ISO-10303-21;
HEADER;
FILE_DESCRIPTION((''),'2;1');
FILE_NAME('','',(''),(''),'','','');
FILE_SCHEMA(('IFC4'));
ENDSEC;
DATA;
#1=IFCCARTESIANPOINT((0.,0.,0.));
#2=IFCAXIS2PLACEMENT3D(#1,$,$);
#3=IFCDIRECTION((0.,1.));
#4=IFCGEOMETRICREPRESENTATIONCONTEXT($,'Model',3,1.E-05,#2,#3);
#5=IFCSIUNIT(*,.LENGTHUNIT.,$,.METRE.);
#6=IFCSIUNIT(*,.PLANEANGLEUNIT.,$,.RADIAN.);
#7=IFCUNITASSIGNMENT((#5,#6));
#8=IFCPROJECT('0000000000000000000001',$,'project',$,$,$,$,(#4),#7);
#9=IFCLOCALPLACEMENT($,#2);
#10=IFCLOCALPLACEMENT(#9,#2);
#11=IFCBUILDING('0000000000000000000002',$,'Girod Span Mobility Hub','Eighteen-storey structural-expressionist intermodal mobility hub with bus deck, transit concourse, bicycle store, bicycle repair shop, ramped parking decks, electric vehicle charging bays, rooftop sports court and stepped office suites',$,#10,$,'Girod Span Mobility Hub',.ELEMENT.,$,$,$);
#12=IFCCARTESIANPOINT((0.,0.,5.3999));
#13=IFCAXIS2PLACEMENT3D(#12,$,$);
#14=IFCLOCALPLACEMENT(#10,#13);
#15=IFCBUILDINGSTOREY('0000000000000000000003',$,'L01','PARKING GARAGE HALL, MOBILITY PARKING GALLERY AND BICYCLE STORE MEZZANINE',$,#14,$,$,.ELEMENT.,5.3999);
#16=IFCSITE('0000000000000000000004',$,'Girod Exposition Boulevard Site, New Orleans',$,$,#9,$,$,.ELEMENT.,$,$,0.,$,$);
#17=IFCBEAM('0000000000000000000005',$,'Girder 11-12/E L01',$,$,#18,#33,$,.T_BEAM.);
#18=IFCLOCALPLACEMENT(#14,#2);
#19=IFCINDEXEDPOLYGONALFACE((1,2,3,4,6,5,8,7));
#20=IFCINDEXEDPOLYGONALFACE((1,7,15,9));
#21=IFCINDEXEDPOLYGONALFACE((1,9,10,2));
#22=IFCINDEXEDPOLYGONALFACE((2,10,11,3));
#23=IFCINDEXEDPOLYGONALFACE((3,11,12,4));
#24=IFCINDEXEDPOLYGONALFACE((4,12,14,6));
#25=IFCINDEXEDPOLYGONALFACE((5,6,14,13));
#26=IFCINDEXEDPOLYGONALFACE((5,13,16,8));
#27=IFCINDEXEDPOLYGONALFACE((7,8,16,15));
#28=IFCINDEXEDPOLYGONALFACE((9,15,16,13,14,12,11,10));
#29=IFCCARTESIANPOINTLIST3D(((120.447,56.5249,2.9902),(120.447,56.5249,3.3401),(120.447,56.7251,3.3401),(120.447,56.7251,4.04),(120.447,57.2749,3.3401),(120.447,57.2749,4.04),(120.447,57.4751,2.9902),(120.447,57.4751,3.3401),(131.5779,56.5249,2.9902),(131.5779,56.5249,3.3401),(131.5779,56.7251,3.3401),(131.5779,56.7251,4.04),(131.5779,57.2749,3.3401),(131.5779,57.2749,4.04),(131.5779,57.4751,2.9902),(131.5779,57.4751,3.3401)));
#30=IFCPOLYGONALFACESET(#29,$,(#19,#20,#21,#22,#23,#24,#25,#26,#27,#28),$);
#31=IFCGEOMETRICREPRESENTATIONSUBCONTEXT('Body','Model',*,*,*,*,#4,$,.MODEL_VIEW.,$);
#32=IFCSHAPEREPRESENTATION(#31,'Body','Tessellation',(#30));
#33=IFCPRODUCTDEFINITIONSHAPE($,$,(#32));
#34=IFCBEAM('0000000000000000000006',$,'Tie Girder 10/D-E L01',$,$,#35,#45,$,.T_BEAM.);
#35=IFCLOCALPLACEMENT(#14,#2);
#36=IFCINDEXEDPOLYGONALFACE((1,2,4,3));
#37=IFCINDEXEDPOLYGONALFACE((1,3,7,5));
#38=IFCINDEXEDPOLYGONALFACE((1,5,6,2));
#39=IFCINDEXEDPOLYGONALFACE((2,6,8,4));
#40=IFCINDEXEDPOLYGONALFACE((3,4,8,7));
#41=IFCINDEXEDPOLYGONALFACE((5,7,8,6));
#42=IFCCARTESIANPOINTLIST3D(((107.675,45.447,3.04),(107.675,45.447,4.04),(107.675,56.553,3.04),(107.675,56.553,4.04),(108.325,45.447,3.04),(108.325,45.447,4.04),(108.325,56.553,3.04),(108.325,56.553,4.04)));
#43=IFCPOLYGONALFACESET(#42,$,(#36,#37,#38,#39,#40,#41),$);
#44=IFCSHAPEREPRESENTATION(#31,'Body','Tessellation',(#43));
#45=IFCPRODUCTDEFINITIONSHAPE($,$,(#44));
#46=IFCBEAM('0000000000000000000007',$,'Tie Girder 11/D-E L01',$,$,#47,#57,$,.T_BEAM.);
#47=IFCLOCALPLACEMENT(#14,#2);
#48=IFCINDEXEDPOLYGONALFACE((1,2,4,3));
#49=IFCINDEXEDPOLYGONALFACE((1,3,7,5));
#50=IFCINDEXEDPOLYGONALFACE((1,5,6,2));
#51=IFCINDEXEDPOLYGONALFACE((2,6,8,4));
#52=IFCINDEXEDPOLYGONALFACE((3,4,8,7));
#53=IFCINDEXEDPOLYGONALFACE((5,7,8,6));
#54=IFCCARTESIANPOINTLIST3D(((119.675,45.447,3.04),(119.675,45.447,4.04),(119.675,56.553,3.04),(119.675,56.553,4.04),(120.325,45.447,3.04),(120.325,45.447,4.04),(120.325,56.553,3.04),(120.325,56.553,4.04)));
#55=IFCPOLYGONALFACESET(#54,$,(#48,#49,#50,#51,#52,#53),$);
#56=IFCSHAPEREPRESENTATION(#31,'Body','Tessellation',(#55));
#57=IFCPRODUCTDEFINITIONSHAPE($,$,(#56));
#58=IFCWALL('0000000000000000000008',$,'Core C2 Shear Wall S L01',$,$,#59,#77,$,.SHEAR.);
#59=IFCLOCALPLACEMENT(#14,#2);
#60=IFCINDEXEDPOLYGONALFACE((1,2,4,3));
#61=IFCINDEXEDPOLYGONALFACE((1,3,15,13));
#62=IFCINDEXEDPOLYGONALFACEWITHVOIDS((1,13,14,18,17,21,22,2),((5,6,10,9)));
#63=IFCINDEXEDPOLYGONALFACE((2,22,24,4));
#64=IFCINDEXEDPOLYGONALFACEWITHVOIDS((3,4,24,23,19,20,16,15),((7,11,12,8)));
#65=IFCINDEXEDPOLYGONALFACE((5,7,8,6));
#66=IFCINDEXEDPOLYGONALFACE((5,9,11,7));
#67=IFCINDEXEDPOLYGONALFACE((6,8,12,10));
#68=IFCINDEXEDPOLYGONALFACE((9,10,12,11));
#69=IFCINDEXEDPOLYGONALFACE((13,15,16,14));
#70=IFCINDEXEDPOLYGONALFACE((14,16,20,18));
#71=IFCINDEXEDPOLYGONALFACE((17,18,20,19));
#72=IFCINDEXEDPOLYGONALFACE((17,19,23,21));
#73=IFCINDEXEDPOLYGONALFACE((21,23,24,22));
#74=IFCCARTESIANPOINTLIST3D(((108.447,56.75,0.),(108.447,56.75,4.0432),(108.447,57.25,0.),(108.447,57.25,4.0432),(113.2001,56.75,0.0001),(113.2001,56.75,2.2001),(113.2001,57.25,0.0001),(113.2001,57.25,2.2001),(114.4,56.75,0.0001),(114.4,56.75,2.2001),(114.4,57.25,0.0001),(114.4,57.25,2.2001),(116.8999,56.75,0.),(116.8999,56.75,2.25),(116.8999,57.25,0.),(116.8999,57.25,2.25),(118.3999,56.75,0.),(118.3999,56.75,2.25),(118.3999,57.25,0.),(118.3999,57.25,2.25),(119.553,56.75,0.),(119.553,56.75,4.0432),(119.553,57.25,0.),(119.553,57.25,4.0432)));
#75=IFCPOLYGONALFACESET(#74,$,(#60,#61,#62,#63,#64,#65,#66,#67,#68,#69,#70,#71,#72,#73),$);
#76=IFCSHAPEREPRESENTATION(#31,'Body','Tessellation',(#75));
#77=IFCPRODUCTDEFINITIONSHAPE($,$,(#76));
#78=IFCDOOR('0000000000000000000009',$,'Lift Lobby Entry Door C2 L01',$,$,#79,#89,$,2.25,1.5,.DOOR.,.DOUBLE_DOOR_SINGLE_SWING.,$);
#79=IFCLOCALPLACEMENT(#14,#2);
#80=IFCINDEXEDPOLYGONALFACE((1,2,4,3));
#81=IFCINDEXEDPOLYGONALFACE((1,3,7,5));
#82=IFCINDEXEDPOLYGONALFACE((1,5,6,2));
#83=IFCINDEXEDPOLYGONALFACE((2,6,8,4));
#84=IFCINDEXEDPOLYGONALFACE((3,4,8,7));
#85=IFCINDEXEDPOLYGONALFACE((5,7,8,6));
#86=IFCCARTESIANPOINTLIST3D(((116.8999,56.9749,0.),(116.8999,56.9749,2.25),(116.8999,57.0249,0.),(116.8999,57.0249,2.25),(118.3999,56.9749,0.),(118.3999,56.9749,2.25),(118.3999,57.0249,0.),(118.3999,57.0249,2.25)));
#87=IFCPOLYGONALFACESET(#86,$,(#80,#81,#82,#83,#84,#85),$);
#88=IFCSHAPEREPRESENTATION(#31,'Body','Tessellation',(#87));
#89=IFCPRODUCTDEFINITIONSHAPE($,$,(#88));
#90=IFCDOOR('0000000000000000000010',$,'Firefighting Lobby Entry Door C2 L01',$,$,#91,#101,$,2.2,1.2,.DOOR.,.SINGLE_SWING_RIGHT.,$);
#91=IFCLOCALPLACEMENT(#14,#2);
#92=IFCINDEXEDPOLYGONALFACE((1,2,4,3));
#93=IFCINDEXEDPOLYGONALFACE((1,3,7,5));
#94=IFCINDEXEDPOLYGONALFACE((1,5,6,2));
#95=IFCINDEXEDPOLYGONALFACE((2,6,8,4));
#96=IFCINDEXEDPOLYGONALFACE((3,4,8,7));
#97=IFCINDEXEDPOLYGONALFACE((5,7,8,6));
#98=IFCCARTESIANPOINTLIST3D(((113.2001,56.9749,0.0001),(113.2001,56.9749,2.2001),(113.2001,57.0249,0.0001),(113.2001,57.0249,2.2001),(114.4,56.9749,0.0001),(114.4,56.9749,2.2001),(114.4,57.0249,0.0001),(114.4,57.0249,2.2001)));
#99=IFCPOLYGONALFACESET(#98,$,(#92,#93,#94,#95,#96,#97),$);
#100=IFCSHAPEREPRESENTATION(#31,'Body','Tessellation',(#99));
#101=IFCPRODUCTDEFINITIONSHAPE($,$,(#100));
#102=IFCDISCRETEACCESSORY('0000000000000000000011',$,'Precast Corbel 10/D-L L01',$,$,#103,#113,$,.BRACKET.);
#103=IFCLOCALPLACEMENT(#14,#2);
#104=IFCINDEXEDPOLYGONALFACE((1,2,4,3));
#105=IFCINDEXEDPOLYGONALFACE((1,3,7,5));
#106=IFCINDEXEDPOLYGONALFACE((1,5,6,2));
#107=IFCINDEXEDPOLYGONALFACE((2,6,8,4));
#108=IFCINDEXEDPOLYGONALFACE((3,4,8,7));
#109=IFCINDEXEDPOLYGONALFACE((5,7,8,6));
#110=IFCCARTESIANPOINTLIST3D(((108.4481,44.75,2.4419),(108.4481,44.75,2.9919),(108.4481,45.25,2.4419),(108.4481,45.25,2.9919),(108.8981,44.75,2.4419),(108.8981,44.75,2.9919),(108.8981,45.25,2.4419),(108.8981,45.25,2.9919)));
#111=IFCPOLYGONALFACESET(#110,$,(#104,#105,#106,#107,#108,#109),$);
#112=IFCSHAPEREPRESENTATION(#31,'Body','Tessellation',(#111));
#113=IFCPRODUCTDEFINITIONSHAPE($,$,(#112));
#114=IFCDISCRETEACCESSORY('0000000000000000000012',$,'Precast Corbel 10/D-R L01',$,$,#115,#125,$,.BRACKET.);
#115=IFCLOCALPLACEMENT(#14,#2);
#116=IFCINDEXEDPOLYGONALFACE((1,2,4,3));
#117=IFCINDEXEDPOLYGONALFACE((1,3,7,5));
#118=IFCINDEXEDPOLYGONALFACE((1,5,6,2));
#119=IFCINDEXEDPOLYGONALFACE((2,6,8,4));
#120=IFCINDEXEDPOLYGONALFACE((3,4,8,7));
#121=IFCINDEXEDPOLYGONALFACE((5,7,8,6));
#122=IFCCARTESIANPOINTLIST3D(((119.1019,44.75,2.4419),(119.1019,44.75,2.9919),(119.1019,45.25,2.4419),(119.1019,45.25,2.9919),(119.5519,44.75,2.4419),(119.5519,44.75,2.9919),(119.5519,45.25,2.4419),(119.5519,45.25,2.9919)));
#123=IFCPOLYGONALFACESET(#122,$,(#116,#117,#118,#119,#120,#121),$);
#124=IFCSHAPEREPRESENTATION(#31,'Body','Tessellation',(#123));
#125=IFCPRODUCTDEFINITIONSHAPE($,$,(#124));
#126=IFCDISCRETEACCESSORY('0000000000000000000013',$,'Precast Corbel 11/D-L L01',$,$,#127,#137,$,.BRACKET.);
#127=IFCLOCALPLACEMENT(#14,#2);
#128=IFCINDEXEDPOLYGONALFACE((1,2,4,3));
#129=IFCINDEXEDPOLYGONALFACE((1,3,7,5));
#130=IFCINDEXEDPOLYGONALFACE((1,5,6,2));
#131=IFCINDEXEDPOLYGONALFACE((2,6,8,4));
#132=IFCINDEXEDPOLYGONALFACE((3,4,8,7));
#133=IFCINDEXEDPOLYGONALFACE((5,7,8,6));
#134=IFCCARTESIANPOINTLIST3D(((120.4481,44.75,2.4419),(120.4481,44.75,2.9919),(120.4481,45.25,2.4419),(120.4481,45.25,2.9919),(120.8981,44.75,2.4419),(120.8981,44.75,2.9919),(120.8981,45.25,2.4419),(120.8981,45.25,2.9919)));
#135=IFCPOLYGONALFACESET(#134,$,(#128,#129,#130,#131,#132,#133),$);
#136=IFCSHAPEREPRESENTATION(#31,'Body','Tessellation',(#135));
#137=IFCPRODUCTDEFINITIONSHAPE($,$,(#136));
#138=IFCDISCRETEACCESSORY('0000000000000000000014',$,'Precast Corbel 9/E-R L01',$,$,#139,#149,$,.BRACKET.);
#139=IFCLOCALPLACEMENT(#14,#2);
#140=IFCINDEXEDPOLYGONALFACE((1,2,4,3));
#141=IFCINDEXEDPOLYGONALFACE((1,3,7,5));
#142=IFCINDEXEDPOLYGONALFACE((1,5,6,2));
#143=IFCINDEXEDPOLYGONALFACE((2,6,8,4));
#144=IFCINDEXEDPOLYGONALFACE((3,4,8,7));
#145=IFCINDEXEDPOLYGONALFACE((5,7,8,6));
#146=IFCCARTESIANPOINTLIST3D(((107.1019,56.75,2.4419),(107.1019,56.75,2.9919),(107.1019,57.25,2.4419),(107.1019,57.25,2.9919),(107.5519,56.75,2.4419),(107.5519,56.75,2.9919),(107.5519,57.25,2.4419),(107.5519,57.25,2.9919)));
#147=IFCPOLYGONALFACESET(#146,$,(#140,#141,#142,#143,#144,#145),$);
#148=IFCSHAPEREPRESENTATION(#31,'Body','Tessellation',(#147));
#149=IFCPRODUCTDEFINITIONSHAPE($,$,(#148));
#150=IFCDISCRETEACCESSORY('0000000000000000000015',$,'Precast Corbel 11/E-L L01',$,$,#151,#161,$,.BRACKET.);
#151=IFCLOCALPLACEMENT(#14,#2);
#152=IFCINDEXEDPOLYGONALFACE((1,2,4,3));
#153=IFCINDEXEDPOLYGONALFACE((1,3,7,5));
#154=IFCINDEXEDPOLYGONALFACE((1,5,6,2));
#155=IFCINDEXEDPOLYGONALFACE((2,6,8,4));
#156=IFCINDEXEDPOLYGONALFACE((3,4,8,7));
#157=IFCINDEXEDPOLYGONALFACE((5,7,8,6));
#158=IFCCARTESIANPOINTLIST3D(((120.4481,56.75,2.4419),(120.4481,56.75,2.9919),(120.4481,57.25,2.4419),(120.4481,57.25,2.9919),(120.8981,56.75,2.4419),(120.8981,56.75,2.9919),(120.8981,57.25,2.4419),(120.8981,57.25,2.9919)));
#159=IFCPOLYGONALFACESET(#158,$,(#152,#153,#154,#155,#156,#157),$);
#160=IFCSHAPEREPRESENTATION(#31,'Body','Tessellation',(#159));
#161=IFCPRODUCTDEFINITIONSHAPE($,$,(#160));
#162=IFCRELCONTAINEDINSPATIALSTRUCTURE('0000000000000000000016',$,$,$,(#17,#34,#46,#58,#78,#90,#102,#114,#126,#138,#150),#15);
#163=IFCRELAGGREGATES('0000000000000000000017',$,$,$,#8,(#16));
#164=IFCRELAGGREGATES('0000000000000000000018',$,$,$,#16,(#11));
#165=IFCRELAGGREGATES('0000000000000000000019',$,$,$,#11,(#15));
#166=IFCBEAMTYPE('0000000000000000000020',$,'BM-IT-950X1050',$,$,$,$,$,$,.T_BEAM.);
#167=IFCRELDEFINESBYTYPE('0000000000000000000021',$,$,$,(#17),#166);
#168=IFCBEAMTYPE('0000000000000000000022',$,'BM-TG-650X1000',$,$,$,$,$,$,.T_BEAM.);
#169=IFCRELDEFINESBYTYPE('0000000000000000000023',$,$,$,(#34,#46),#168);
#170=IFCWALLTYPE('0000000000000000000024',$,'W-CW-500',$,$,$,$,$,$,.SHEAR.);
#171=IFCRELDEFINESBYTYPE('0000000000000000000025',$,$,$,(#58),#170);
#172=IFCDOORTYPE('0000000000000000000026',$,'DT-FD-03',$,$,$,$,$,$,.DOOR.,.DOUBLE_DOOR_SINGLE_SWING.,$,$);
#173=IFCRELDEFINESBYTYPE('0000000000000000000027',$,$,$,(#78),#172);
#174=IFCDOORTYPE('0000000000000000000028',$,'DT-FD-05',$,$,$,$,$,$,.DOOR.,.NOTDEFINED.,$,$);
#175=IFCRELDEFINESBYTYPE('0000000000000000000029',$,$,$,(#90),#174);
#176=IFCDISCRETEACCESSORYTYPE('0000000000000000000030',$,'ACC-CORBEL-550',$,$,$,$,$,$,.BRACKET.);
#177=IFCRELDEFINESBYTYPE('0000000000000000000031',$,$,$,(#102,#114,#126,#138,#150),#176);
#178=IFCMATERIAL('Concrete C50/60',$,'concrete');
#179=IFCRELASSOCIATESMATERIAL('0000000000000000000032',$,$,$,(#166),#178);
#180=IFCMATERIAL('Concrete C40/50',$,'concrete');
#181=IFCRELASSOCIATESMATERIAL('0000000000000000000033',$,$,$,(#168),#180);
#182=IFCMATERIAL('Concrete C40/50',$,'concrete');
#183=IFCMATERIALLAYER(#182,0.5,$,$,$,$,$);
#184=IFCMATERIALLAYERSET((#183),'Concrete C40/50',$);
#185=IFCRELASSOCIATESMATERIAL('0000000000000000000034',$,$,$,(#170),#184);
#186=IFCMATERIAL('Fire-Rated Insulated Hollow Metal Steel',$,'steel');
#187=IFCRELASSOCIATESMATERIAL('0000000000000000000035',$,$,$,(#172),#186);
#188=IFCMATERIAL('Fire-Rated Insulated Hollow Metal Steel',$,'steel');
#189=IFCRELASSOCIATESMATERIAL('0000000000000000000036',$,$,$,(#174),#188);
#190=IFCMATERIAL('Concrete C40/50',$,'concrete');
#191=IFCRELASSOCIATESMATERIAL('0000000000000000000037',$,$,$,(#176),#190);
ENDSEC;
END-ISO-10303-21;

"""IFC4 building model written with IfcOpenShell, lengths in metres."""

from ifc_helpers import new_model, si_unit, direction, frame, frame_2d, origin, origin_2d, place, context, subcontext, project, spatial, polyline, rectangle, outline, extrude, material, layer, layer_set, material_profile, profile_set, type_object, element, fill, save


model = new_model("IFC4")

# Units and contexts
model_context = context("Model", 3, precision=1e-05, world=origin(), true_north=direction((0.0, 1.0)))
body_context = subcontext(model_context, "Body", "Model", "MODEL_VIEW")
ifc_project = project(units=[si_unit("LENGTHUNIT", "METRE"), si_unit("PLANEANGLEUNIT", "RADIAN")], contexts=[model_context])

# Site, building, storey
site_placement = place(None, origin())
site = spatial("IfcSite", under=ifc_project, at=site_placement, Name="Girod Exposition Boulevard Site, New Orleans", CompositionType="ELEMENT", RefElevation=0.0)
building_placement = place(site_placement, origin())
building = spatial("IfcBuilding", under=site, at=building_placement, Name="Girod Span Mobility Hub", Description="Eighteen-storey structural-expressionist intermodal mobility hub with bus deck, transit concourse, bicycle store, bicycle repair shop, ramped parking decks, electric vehicle charging bays, rooftop sports court and stepped office suites", LongName="Girod Span Mobility Hub", CompositionType="ELEMENT")
storey_placement = place(building_placement, frame((0.0, 0.0, 5.3999)))
storey = spatial("IfcBuildingStorey", under=building, at=storey_placement, Name="L01", Description="PARKING GARAGE HALL, MOBILITY PARKING GALLERY AND BICYCLE STORE MEZZANINE", CompositionType="ELEMENT", Elevation=5.3999)

# Beams
ifc_material_1 = material(Name="Concrete C50/60", Category="concrete")
ifc_material_profile_1 = material_profile(ifc_material_1, outline(polyline([(-0.4751, -0.5249), (0.4751, -0.5249), (0.4751, -0.175), (0.2749, -0.175), (0.2749, 0.5249), (-0.2749, 0.5249), (-0.2749, -0.175), (-0.4751, -0.175), (-0.4751, -0.5249)])), Name="IT-950X1050")
ifc_profile_set_1 = profile_set([ifc_material_profile_1], Name="Concrete C50/60")
beam_type_1 = type_object("IfcBeamType", Name="BM-IT-950X1050", PredefinedType="T_BEAM", material=ifc_profile_set_1)
for number, where, z_axis, x_axis, name in (
    (1, (120.447, 57.0, 3.5151), (1.0, 0.0, 0.0), (0.0, 1.0, 0.0), "Girder 11-12/E L01"),
):
    element("IfcBeam", number, at=place(storey_placement, frame(where, z_axis=z_axis, x_axis=x_axis)), inside=storey, type_object=beam_type_1, Name=name, PredefinedType="T_BEAM", context=body_context, shape_type="SweptSolid", body=[
        extrude(outline(polyline([(-0.4751, -0.5249), (0.4751, -0.5249), (0.4751, -0.175), (0.2749, -0.175), (0.2749, 0.5249), (-0.2749, 0.5249), (-0.2749, -0.175), (-0.4751, -0.175), (-0.4751, -0.5249)])), origin(), (0.0, 0.0, 1.0), 11.1309),
    ])
ifc_material_2 = material(Name="Concrete C40/50", Category="concrete")
ifc_material_profile_2 = material_profile(ifc_material_2, rectangle(XDim=0.6499, YDim=1.0, at=origin_2d()), Name="TG-650X1000")
ifc_profile_set_2 = profile_set([ifc_material_profile_2], Name="Concrete C40/50")
beam_type_2 = type_object("IfcBeamType", Name="BM-TG-650X1000", PredefinedType="T_BEAM", material=ifc_profile_set_2)
for number, where, z_axis, x_axis, name in (
    (2, (108.0, 45.447, 3.54), (0.0, 1.0, 0.0), (-1.0, 0.0, 0.0), "Tie Girder 10/D-E L01"),
    (3, (120.0, 45.447, 3.54), (0.0, 1.0, 0.0), (-1.0, 0.0, 0.0), "Tie Girder 11/D-E L01"),
):
    element("IfcBeam", number, at=place(storey_placement, frame(where, z_axis=z_axis, x_axis=x_axis)), inside=storey, type_object=beam_type_2, Name=name, PredefinedType="T_BEAM", context=body_context, shape_type="SweptSolid", body=[
        extrude(rectangle(XDim=0.6499, YDim=1.0, at=origin_2d()), origin(), (0.0, 0.0, 1.0), 11.106),
    ])

# Wall, openings, doors
ifc_material_3 = material(Name="Concrete C40/50", Category="concrete")
ifc_layer = layer(ifc_material_3, 0.5)
ifc_layer_set = layer_set([ifc_layer], Name="Concrete C40/50")
wall_type = type_object("IfcWallType", Name="W-CW-500", PredefinedType="SHEAR", material=ifc_layer_set)
wall_placement = place(storey_placement, frame((108.447, 57.0, 0.0), z_axis=(0.0, 0.0, 1.0), x_axis=(1.0, 0.0, 0.0)))
wall = element("IfcWall", 4, at=wall_placement, inside=storey, type_object=wall_type, Name="Core C2 Shear Wall S L01", PredefinedType="SHEAR", context=body_context, shape_type="SweptSolid", body=[
    extrude(rectangle(XDim=11.106, YDim=0.5, at=frame_2d((5.553, 0.0))), origin(), (0.0, 0.0, 1.0), 4.0432),
])
opening_1_placement = place(wall_placement, frame((4.7529, 0.0, 0.0)))
opening_1 = element("IfcOpeningElement", 5, at=opening_1_placement, cuts=wall, PredefinedType="OPENING", context=body_context, shape_type="SweptSolid", body=[
    extrude(rectangle(XDim=1.2, YDim=2.2, at=frame_2d((0.6001, 1.1001))), frame((0.0, 0.2649, 0.0), z_axis=(0.0, -1.0, 0.0), x_axis=(1.0, 0.0, 0.0)), (0.0, 0.0, 1.0), 0.53),
])
opening_2_placement = place(wall_placement, frame((8.4529, 0.0, 0.0)))
opening_2 = element("IfcOpeningElement", 6, at=opening_2_placement, cuts=wall, PredefinedType="OPENING", context=body_context, shape_type="SweptSolid", body=[
    extrude(rectangle(XDim=1.5, YDim=2.25, at=frame_2d((0.75, 1.125))), frame((0.0, 0.2649, 0.0), z_axis=(0.0, -1.0, 0.0), x_axis=(1.0, 0.0, 0.0)), (0.0, 0.0, 1.0), 0.53),
])
ifc_material_4 = material(Name="Fire-Rated Insulated Hollow Metal Steel", Category="steel")
door_type_1 = type_object("IfcDoorType", Name="DT-FD-03", OperationType="DOUBLE_DOOR_SINGLE_SWING", PredefinedType="DOOR", material=ifc_material_4)
door_1_placement = place(opening_2_placement, origin())
door_1 = element("IfcDoor", 7, at=door_1_placement, inside=storey, type_object=door_type_1, Name="Lift Lobby Entry Door C2 L01", OperationType="DOUBLE_DOOR_SINGLE_SWING", OverallHeight=2.25, OverallWidth=1.5, PredefinedType="DOOR", context=body_context, shape_type="SweptSolid", body=[
    extrude(rectangle(XDim=1.5, YDim=2.25, at=frame_2d((0.75, 1.125))), frame((0.0, 0.0249, 0.0), z_axis=(0.0, -1.0, 0.0), x_axis=(1.0, 0.0, 0.0)), (0.0, 0.0, 1.0), 0.05),
])
fill(opening_2, door_1)
ifc_material_5 = material(Name="Fire-Rated Insulated Hollow Metal Steel", Category="steel")
door_type_2 = type_object("IfcDoorType", Name="DT-FD-05", OperationType="NOTDEFINED", PredefinedType="DOOR", material=ifc_material_5)
door_2_placement = place(opening_1_placement, origin())
door_2 = element("IfcDoor", 8, at=door_2_placement, inside=storey, type_object=door_type_2, Name="Firefighting Lobby Entry Door C2 L01", OperationType="SINGLE_SWING_RIGHT", OverallHeight=2.2, OverallWidth=1.2, PredefinedType="DOOR", context=body_context, shape_type="SweptSolid", body=[
    extrude(rectangle(XDim=1.2, YDim=2.2, at=frame_2d((0.6001, 1.1001))), frame((0.0, 0.0249, 0.0), z_axis=(0.0, -1.0, 0.0), x_axis=(1.0, 0.0, 0.0)), (0.0, 0.0, 1.0), 0.05),
])
fill(opening_1, door_2)

# Discrete accessories
ifc_material_6 = material(Name="Concrete C40/50", Category="concrete")
discrete_accessory_type = type_object("IfcDiscreteAccessoryType", Name="ACC-CORBEL-550", PredefinedType="BRACKET", material=ifc_material_6)
for number, where, z_axis, x_axis, name in (
    (9, (108.6731, 45.0, 2.4419), (0.0, 0.0, 1.0), (1.0, 0.0, 0.0), "Precast Corbel 10/D-L L01"),
    (10, (119.3269, 45.0, 2.4419), (0.0, 0.0, 1.0), (1.0, 0.0, 0.0), "Precast Corbel 10/D-R L01"),
    (11, (120.6731, 45.0, 2.4419), (0.0, 0.0, 1.0), (1.0, 0.0, 0.0), "Precast Corbel 11/D-L L01"),
    (12, (107.3269, 57.0, 2.4419), (0.0, 0.0, 1.0), (1.0, 0.0, 0.0), "Precast Corbel 9/E-R L01"),
    (13, (120.6731, 57.0, 2.4419), (0.0, 0.0, 1.0), (1.0, 0.0, 0.0), "Precast Corbel 11/E-L L01"),
):
    element("IfcDiscreteAccessory", number, at=place(storey_placement, frame(where, z_axis=z_axis, x_axis=x_axis)), inside=storey, type_object=discrete_accessory_type, Name=name, PredefinedType="BRACKET", context=body_context, shape_type="SweptSolid", body=[
        extrude(rectangle(XDim=0.45, YDim=0.5, at=origin_2d()), origin(), (0.0, 0.0, 1.0), 0.55),
    ])

save(model, "model.ifc")
